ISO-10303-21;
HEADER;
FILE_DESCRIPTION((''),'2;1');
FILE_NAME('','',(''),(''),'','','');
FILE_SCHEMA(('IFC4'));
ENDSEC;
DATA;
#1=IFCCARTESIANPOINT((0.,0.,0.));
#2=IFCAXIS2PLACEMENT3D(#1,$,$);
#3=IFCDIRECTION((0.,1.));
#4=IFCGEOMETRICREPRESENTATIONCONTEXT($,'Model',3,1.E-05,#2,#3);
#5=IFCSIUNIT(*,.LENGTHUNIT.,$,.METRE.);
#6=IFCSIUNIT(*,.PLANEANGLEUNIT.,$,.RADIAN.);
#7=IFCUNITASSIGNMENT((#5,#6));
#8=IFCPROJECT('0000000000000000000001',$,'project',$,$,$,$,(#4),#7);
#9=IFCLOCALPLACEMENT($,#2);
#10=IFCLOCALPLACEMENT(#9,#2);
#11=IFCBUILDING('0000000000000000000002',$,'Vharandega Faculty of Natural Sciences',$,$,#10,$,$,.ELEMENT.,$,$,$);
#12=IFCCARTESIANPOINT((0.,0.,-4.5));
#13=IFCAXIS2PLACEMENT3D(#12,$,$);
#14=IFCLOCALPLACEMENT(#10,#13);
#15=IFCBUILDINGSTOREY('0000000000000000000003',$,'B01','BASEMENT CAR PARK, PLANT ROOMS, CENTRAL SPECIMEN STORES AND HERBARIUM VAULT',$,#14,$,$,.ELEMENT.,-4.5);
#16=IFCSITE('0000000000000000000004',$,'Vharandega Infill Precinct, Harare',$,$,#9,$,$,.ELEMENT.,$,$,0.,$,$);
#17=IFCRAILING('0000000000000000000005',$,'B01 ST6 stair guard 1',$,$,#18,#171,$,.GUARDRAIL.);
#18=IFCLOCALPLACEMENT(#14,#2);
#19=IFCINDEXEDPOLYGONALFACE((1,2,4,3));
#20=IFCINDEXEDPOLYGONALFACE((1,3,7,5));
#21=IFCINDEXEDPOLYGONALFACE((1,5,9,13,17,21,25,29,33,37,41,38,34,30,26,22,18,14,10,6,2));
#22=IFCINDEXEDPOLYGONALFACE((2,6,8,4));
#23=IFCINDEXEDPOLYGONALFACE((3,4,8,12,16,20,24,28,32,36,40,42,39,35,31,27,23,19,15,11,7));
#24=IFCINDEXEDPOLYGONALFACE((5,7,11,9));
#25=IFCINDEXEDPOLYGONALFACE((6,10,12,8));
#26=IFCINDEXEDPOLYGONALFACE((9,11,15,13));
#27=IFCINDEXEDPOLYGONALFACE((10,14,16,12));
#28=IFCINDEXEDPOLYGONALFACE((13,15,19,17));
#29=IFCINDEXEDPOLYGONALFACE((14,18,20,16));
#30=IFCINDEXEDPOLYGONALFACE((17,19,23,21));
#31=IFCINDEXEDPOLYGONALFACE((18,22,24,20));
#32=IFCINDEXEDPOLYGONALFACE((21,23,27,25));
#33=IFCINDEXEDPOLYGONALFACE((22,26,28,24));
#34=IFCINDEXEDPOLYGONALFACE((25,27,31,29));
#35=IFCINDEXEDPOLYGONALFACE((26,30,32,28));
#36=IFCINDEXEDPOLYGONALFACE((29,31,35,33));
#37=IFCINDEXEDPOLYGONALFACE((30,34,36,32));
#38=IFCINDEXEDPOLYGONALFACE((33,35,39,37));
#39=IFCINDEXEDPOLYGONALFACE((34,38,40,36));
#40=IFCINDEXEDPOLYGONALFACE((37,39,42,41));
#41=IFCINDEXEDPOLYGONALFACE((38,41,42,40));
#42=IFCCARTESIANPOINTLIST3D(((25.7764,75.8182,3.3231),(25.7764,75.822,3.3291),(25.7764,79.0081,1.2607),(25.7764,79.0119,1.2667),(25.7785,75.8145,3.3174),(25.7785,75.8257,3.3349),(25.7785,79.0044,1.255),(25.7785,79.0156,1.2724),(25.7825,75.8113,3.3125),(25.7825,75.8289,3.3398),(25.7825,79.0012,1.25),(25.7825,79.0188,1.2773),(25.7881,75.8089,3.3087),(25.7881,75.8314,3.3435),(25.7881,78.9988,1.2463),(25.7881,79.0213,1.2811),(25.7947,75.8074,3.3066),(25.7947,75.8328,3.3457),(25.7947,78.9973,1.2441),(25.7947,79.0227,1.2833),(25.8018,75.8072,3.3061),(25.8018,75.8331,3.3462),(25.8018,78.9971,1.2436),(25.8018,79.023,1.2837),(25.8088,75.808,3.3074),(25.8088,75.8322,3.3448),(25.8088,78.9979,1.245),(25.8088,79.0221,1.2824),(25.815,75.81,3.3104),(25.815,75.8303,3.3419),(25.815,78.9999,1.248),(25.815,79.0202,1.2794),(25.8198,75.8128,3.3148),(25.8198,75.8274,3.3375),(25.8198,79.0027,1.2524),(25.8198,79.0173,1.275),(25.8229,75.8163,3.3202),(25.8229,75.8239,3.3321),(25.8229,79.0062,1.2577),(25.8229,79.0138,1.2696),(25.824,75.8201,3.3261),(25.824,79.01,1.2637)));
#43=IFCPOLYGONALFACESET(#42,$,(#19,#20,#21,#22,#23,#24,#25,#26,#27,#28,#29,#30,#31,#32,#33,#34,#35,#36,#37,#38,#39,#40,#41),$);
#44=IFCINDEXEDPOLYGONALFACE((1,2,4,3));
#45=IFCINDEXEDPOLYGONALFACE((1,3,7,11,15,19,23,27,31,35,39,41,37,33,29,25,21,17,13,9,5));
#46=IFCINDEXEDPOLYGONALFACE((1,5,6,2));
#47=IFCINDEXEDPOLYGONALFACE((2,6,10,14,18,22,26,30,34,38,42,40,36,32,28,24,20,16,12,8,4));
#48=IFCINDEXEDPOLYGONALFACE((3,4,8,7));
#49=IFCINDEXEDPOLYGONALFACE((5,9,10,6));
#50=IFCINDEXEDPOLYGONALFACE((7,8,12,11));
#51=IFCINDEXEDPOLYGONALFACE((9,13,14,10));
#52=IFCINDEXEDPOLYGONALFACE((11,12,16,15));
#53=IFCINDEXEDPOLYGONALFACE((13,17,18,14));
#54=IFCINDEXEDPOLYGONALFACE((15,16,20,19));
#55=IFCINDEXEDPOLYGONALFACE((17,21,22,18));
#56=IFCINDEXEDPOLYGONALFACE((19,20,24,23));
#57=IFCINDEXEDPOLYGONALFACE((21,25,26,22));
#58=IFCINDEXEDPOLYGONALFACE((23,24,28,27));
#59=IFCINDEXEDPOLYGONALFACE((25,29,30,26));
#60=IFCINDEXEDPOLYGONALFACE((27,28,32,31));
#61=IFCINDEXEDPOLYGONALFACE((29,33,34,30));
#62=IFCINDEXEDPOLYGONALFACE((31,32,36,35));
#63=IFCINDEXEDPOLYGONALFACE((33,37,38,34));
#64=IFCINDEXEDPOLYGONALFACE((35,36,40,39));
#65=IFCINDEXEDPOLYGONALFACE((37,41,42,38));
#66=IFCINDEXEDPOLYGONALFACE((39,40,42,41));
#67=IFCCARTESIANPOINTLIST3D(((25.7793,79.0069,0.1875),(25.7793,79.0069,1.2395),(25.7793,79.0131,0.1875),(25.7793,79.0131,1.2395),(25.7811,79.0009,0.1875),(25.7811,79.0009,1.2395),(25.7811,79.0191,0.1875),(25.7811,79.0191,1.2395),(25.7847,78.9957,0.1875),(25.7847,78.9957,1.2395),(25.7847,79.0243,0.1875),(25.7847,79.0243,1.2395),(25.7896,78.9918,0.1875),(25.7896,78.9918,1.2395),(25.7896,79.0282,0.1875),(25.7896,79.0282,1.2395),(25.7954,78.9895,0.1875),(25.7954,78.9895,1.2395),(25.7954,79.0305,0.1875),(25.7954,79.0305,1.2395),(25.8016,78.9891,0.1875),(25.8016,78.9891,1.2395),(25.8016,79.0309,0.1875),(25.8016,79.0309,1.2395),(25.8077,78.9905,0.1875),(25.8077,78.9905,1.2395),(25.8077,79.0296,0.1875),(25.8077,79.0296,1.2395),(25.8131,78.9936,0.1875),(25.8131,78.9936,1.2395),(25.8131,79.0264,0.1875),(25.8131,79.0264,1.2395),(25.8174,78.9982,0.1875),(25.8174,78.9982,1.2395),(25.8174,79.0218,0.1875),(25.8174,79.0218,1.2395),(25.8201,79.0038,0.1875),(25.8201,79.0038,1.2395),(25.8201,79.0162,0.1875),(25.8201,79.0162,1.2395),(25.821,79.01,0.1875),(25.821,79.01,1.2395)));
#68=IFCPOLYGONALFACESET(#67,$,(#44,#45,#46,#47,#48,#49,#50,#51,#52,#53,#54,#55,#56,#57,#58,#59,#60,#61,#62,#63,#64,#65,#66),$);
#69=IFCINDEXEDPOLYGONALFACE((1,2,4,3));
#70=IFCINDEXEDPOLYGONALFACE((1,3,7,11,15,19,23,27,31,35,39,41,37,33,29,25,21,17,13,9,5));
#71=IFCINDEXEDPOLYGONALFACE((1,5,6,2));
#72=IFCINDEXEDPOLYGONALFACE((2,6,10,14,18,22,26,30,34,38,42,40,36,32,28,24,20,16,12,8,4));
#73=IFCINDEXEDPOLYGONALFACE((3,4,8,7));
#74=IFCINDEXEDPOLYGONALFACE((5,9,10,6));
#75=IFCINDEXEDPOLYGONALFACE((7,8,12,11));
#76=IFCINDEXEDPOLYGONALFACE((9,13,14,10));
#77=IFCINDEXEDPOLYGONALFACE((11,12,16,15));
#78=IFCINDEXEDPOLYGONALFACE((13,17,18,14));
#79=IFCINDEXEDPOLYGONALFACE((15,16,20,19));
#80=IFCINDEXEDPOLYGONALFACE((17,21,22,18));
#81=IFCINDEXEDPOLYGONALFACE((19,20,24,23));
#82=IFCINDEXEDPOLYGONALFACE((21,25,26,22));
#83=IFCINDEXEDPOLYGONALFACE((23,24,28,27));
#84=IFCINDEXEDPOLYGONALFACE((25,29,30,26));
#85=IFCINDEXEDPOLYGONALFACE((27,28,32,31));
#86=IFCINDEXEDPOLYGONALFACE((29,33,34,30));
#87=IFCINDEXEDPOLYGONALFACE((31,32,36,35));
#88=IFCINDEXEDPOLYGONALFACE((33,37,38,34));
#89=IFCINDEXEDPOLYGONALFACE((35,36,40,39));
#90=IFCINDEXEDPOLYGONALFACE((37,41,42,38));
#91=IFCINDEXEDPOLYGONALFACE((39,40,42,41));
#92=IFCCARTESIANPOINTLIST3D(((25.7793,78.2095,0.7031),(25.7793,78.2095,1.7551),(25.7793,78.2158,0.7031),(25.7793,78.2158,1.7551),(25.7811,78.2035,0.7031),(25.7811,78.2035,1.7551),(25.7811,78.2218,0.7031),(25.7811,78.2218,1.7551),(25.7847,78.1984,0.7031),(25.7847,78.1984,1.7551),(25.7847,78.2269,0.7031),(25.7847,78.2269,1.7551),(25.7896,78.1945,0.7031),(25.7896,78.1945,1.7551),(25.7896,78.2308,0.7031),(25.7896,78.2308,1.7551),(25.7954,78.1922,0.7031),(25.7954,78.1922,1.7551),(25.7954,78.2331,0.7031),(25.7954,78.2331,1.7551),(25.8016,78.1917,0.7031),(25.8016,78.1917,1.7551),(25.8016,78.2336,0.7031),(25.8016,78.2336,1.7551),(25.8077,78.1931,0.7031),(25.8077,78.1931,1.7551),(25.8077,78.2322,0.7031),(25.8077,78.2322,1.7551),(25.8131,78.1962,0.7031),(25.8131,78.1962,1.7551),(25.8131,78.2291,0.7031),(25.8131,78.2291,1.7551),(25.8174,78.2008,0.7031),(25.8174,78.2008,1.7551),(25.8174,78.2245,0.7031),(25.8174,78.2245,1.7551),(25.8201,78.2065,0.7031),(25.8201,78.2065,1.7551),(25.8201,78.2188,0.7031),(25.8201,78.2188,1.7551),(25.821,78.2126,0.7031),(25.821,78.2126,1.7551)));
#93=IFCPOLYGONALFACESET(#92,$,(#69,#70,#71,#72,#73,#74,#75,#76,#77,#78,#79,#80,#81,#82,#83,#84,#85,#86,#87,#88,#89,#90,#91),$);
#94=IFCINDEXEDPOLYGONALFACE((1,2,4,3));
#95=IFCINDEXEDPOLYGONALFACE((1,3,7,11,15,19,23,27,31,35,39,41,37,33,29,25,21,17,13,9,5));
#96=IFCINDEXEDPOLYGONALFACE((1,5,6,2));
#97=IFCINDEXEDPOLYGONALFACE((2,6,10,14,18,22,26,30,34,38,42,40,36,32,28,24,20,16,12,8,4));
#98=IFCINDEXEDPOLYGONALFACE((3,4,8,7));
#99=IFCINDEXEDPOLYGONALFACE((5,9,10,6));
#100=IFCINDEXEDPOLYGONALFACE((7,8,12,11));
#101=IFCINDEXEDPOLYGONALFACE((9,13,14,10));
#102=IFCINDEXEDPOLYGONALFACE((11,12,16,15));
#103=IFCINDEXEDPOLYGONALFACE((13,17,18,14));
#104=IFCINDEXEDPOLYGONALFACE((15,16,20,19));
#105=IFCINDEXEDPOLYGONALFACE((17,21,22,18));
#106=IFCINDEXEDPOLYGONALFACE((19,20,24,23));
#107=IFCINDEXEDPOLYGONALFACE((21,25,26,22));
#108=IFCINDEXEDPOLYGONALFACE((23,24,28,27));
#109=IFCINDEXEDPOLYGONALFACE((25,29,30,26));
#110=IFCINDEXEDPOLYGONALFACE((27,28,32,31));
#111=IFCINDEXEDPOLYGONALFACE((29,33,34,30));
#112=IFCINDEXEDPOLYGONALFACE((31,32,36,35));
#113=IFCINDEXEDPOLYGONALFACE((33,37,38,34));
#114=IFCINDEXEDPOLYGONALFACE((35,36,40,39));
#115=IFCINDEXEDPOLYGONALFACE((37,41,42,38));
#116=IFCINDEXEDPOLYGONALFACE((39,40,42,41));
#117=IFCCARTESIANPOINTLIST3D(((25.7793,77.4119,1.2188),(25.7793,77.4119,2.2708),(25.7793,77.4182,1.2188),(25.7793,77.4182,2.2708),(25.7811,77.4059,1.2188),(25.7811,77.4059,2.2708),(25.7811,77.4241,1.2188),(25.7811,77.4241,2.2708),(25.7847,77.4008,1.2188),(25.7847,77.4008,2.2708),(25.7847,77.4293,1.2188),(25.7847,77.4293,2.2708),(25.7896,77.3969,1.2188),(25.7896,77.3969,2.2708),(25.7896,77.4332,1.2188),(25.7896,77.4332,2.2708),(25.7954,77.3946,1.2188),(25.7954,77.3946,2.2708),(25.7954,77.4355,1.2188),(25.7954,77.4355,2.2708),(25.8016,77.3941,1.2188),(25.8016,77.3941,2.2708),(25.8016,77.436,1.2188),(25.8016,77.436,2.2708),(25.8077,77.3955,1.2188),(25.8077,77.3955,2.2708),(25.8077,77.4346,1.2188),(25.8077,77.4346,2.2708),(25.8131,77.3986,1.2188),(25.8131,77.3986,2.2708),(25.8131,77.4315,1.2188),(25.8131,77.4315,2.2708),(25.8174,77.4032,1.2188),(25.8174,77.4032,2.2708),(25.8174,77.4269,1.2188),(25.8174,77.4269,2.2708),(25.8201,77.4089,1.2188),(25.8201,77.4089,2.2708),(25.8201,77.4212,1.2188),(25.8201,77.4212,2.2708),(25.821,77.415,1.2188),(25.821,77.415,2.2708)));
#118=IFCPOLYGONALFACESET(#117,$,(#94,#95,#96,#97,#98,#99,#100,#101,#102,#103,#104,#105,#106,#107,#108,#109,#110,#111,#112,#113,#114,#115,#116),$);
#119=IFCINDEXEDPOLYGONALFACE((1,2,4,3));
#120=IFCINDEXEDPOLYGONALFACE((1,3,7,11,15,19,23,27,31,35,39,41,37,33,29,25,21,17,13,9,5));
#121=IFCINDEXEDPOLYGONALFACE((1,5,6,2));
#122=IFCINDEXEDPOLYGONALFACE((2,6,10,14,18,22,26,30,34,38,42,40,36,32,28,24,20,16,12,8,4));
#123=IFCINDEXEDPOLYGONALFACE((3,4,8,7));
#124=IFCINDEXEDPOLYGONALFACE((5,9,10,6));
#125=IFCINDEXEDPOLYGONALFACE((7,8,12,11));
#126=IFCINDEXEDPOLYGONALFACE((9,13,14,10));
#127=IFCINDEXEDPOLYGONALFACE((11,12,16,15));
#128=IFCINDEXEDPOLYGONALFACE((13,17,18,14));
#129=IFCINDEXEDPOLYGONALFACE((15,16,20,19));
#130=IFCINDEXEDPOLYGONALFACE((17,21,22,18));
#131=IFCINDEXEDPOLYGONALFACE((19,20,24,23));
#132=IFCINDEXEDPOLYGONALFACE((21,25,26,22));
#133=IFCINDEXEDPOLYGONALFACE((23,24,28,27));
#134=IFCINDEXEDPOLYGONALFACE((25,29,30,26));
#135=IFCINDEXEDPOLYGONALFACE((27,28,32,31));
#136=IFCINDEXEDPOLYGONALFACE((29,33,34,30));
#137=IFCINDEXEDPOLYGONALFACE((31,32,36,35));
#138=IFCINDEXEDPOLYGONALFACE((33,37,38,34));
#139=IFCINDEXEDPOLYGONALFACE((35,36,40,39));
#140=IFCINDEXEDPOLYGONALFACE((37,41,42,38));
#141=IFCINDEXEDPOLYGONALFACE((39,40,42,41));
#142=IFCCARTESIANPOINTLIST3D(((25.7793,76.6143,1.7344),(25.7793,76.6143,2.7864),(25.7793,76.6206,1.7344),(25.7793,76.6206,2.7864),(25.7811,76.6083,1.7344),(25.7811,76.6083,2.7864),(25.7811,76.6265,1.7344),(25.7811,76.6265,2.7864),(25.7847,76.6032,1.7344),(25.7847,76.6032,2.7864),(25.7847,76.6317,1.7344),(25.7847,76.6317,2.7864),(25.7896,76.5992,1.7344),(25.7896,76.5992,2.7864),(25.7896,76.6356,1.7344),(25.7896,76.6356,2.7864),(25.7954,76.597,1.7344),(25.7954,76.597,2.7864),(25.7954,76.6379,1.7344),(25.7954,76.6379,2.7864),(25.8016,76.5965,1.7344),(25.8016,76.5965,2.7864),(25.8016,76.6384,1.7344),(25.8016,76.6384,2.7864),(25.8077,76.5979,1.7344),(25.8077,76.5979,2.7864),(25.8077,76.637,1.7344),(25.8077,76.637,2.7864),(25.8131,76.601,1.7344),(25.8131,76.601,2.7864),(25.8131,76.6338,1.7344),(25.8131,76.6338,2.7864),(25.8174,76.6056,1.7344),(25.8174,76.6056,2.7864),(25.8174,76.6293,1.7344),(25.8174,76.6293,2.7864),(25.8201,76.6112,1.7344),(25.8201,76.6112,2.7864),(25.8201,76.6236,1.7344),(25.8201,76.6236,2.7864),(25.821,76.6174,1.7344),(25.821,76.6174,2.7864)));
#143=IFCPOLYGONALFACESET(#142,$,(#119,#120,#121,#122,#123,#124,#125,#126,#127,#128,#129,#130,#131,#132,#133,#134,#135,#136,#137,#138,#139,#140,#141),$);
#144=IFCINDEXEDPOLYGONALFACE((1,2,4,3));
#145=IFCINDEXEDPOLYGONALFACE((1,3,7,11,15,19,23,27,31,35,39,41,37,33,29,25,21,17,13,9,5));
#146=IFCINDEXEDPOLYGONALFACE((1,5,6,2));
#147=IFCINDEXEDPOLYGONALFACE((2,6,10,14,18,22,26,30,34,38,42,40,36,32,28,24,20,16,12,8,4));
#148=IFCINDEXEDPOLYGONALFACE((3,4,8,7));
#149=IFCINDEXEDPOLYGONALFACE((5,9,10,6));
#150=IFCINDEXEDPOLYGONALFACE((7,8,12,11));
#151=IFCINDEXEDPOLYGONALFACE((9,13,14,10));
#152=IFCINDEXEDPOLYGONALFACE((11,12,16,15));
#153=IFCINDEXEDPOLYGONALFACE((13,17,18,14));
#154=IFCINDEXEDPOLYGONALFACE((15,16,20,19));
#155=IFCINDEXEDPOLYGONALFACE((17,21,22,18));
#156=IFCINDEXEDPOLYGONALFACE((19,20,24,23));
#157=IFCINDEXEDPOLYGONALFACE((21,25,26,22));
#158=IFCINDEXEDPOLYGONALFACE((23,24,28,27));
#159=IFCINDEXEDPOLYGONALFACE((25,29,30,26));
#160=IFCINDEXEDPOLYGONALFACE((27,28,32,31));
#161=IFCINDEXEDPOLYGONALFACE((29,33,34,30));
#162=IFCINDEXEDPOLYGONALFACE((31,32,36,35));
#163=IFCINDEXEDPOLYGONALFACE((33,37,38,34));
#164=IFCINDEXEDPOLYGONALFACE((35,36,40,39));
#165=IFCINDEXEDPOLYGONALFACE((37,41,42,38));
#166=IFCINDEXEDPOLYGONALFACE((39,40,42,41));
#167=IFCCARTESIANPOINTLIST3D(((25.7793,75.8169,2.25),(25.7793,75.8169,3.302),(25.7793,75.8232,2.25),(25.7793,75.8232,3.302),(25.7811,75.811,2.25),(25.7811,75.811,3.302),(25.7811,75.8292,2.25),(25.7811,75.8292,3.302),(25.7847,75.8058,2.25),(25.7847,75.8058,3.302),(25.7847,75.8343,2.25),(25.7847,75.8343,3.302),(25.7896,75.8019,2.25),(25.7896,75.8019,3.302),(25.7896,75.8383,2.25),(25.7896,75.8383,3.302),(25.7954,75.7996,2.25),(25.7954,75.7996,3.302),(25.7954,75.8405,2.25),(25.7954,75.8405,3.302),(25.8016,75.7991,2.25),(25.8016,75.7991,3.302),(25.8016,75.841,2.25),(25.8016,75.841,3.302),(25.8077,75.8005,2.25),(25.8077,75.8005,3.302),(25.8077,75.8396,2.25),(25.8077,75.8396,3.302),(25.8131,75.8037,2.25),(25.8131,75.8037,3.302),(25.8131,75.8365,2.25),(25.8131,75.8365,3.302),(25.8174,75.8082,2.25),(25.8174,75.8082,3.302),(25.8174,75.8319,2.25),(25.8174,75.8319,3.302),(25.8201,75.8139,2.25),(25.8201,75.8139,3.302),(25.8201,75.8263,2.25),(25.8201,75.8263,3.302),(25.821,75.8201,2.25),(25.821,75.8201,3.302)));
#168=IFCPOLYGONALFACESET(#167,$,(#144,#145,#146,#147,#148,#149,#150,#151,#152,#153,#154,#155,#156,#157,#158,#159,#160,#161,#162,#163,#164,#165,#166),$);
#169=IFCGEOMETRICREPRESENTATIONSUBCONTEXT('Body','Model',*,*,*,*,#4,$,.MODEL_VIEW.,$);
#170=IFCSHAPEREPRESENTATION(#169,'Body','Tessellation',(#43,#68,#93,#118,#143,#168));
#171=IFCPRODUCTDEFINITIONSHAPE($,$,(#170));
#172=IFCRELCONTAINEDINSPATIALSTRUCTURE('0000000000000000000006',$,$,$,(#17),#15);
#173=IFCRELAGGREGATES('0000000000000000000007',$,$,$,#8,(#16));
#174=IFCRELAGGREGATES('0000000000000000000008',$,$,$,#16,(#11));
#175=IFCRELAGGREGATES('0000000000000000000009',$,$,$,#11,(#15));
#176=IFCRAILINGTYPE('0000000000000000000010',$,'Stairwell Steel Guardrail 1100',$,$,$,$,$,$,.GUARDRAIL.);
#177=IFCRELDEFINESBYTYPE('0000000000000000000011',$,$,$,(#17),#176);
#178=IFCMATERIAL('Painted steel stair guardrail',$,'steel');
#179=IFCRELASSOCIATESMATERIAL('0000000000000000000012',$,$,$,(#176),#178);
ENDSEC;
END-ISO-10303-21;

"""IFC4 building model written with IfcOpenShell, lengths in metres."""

from ifc_helpers import new_model, si_unit, direction, frame, origin, origin_2d, place, context, subcontext, project, spatial, circle, extrude, material, type_object, element, save


model = new_model("IFC4")

# Units and contexts
model_context = context("Model", 3, precision=1e-05, world=origin(), true_north=direction((0.0, 1.0)))
body_context = subcontext(model_context, "Body", "Model", "MODEL_VIEW")
ifc_project = project(units=[si_unit("LENGTHUNIT", "METRE"), si_unit("PLANEANGLEUNIT", "RADIAN")], contexts=[model_context])

# Site, building, storey
site_placement = place(None, origin())
site = spatial("IfcSite", under=ifc_project, at=site_placement, Name="Vharandega Infill Precinct, Harare", CompositionType="ELEMENT", RefElevation=0.0)
building_placement = place(site_placement, origin())
building = spatial("IfcBuilding", under=site, at=building_placement, Name="Vharandega Faculty of Natural Sciences", CompositionType="ELEMENT")
storey_placement = place(building_placement, frame((0.0, 0.0, -4.5)))
storey = spatial("IfcBuildingStorey", under=building, at=storey_placement, Name="B01", Description="BASEMENT CAR PARK, PLANT ROOMS, CENTRAL SPECIMEN STORES AND HERBARIUM VAULT", CompositionType="ELEMENT", Elevation=-4.5)

# Railing
ifc_material_1 = material(Name="Painted steel stair guardrail", Category="steel")
railing_type_1 = type_object("IfcRailingType", Name="Stairwell Steel Guardrail 1100", PredefinedType="GUARDRAIL", material=ifc_material_1)
railing_1_placement = place(storey_placement, frame((25.8, 79.01, 0.1875)))
element("IfcRailing", 1, at=railing_1_placement, inside=storey, type_object=railing_type_1, Name="B01 ST6 stair guard 1", PredefinedType="GUARDRAIL", context=body_context, shape_type="SweptSolid", body=[
    extrude(circle(Radius=0.0239, at=origin_2d()), frame((0.0, 0.0, 1.0762), z_axis=(0.0, -0.83976, 0.542958), x_axis=(1.0, 0.0, 0.0)), (0.0, 0.0, 1.0), 3.7986),
    extrude(circle(Radius=0.021, at=origin_2d()), origin(), (0.0, 0.0, 1.0), 1.052),
    extrude(circle(Radius=0.021, at=origin_2d()), frame((0.0, -0.7974, 0.5156)), (0.0, 0.0, 1.0), 1.052),
    extrude(circle(Radius=0.021, at=origin_2d()), frame((0.0, -1.595, 1.0312)), (0.0, 0.0, 1.0), 1.052),
    extrude(circle(Radius=0.021, at=origin_2d()), frame((0.0, -2.3926, 1.5469)), (0.0, 0.0, 1.0), 1.052),
    extrude(circle(Radius=0.021, at=origin_2d()), frame((0.0, -3.1899, 2.0625)), (0.0, 0.0, 1.0), 1.052),
])

save(model, "model.ifc")
